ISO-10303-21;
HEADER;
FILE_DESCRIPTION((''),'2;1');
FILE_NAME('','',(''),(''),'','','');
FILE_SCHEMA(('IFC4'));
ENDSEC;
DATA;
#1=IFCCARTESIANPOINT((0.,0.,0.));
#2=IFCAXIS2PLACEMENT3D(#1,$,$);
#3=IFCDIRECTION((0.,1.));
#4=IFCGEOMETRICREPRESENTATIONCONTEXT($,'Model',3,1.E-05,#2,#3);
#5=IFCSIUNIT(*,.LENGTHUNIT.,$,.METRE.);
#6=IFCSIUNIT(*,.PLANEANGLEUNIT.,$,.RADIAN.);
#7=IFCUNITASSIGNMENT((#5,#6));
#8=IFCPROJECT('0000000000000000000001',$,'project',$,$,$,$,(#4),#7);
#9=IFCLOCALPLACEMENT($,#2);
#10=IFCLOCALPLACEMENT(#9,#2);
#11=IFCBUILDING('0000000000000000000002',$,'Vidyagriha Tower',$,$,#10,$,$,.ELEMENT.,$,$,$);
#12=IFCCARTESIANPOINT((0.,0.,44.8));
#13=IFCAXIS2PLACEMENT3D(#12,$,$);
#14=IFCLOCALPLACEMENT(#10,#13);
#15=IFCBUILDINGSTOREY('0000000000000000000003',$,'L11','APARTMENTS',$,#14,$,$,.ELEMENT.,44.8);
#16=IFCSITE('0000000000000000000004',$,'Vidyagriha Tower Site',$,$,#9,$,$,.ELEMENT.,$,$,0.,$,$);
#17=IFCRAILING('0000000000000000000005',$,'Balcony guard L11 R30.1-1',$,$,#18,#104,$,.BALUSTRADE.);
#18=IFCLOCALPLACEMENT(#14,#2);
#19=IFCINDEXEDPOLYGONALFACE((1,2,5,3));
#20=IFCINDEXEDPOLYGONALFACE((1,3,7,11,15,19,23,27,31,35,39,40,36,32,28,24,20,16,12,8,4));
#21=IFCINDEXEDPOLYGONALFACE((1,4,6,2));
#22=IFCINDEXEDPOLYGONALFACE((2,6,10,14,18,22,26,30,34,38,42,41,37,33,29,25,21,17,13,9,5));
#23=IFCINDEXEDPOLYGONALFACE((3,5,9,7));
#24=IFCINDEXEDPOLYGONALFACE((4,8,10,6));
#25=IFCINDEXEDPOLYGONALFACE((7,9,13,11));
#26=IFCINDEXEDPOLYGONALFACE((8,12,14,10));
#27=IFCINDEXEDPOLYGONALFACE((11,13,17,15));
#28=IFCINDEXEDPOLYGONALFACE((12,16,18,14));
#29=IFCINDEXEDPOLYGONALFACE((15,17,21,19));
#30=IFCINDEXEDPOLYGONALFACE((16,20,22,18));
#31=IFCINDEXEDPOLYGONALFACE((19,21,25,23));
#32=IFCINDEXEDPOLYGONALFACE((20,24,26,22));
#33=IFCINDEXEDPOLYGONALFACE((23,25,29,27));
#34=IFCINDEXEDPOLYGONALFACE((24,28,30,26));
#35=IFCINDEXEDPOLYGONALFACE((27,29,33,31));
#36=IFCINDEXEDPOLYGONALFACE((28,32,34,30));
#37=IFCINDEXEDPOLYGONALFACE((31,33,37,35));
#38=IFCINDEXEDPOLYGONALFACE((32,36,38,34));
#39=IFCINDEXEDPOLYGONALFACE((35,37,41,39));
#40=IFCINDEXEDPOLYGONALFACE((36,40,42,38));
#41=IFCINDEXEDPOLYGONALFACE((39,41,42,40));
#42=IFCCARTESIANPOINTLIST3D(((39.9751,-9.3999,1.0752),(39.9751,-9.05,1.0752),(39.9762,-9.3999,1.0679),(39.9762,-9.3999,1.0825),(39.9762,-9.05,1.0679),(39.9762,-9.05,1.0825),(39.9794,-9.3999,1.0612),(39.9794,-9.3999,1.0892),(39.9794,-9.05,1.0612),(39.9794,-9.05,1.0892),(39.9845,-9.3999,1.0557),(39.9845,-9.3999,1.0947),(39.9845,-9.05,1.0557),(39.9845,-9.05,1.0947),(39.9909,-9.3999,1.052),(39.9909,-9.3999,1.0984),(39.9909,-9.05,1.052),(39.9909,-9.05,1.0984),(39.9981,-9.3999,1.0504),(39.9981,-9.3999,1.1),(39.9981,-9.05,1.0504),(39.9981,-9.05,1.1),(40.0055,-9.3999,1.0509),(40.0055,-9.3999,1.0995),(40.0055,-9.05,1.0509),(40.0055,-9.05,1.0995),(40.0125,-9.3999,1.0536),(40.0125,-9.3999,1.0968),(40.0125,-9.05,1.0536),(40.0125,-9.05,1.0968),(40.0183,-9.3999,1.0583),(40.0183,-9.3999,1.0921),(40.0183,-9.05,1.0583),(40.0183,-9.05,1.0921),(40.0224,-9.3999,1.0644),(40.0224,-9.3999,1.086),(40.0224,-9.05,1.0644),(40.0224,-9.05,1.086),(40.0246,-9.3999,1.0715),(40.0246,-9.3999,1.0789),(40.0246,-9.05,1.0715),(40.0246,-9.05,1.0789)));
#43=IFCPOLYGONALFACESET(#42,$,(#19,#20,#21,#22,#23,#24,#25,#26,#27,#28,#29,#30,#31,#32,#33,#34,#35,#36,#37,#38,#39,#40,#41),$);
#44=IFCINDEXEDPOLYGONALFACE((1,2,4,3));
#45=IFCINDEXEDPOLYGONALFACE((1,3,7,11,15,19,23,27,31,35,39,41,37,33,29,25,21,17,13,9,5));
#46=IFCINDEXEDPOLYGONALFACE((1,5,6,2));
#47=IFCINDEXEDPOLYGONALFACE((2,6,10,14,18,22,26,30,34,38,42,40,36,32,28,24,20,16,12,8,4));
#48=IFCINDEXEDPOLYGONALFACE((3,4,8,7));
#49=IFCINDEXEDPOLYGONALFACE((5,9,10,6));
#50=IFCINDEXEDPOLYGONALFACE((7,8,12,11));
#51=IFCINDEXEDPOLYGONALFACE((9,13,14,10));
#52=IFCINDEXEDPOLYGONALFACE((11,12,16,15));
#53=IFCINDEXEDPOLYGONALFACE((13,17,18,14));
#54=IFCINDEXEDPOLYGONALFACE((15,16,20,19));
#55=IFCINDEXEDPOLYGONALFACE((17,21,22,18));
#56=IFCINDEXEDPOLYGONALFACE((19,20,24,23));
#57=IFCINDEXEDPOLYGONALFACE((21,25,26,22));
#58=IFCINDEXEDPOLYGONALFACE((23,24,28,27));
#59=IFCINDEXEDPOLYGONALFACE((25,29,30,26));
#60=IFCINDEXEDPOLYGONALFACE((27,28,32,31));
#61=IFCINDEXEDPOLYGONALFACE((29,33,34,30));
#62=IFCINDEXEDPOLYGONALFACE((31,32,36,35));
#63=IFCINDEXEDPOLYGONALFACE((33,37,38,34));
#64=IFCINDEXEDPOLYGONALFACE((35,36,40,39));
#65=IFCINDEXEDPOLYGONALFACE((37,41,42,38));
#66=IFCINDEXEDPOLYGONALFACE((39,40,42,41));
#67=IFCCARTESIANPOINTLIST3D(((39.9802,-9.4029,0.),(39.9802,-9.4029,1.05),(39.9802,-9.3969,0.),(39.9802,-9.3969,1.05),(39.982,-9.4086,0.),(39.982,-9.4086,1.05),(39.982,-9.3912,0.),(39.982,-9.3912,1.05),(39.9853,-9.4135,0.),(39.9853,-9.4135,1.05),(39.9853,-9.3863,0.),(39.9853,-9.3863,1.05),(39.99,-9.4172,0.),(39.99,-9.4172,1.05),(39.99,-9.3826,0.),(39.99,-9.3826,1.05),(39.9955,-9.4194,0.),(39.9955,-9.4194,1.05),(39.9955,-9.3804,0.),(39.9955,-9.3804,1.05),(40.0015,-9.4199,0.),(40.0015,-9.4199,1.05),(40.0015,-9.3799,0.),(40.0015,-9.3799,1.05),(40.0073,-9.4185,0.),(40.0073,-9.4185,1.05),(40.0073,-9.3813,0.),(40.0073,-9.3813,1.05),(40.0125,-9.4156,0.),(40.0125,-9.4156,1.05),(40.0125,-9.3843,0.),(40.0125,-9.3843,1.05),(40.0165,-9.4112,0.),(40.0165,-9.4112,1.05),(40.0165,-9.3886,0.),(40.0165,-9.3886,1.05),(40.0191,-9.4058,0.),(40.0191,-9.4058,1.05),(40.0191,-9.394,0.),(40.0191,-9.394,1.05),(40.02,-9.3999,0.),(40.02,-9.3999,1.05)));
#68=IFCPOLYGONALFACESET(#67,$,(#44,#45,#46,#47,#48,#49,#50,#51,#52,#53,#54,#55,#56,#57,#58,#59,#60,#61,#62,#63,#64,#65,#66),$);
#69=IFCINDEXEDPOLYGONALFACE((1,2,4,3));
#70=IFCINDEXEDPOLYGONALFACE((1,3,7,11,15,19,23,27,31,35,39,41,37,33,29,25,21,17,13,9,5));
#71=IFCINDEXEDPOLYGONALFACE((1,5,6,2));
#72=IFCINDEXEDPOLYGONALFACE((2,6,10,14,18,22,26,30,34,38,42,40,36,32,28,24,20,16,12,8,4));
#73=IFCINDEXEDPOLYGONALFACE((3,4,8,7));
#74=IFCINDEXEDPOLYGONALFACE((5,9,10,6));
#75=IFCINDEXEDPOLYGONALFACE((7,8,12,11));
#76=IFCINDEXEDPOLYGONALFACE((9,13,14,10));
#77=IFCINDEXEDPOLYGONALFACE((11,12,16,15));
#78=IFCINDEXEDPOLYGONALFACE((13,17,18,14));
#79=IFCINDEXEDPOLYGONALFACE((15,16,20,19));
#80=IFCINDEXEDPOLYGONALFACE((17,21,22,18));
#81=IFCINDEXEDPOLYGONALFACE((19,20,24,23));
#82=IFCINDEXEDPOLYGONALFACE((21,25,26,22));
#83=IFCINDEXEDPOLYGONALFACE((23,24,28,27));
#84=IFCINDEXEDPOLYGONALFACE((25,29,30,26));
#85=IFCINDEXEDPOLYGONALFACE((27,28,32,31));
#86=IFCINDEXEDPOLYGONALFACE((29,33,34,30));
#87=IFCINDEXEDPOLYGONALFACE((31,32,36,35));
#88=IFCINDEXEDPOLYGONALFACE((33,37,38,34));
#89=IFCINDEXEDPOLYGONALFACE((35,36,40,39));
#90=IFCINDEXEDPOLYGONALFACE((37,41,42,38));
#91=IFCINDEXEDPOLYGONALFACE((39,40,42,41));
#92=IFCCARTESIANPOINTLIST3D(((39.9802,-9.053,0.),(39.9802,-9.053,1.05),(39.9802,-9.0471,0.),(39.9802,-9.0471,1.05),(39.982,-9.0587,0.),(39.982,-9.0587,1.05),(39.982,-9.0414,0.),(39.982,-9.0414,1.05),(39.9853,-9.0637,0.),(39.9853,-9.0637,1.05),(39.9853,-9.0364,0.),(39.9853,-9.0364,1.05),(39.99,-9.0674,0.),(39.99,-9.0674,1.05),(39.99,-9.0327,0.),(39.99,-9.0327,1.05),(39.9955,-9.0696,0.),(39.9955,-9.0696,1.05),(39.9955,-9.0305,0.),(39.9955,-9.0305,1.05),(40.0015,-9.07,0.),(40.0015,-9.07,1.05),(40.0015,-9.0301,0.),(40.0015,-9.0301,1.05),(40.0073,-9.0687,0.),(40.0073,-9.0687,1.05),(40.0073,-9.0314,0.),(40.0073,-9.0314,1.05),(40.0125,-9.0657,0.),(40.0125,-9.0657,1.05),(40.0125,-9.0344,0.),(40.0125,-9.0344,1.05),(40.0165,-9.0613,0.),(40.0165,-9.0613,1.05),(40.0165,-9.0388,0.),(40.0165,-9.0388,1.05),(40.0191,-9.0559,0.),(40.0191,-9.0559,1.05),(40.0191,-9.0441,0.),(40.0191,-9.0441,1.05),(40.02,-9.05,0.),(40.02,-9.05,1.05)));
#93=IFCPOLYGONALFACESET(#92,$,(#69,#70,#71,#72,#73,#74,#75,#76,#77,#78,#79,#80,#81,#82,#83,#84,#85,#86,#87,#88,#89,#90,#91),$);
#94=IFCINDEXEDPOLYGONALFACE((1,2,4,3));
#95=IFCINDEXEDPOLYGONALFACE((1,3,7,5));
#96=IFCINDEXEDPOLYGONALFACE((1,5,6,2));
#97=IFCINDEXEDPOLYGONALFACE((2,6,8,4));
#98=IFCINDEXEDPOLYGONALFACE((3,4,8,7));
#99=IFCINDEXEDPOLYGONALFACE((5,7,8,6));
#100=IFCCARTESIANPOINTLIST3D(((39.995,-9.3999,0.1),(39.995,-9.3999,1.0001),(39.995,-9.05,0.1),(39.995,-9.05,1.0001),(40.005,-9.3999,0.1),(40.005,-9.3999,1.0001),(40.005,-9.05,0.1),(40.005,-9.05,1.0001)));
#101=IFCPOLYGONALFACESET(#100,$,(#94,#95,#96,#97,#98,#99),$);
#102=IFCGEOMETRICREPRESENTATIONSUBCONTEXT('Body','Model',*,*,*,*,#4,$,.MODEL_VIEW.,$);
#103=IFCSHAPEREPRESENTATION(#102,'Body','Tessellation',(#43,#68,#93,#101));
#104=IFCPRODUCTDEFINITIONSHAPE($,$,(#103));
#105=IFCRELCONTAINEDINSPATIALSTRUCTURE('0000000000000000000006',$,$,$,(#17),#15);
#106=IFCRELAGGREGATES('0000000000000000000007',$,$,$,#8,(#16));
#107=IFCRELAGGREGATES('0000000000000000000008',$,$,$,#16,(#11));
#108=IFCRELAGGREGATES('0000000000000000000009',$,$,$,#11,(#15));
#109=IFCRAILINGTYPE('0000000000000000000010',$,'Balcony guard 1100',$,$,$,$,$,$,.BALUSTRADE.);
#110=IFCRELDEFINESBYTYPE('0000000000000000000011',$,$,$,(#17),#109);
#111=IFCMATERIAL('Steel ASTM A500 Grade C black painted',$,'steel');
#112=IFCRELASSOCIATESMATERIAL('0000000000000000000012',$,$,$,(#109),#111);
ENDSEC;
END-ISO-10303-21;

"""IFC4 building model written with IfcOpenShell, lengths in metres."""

from ifc_helpers import new_model, si_unit, direction, frame, origin, origin_2d, place, context, subcontext, project, spatial, rectangle, circle, extrude, material, type_object, element, save


model = new_model("IFC4")

# Units and contexts
model_context = context("Model", 3, precision=1e-05, world=origin(), true_north=direction((0.0, 1.0)))
body_context = subcontext(model_context, "Body", "Model", "MODEL_VIEW")
ifc_project = project(units=[si_unit("LENGTHUNIT", "METRE"), si_unit("PLANEANGLEUNIT", "RADIAN")], contexts=[model_context])

# Site, building, storey
site_placement = place(None, origin())
site = spatial("IfcSite", under=ifc_project, at=site_placement, Name="Vidyagriha Tower Site", CompositionType="ELEMENT", RefElevation=0.0)
building_placement = place(site_placement, origin())
building = spatial("IfcBuilding", under=site, at=building_placement, Name="Vidyagriha Tower", CompositionType="ELEMENT")
storey_placement = place(building_placement, frame((0.0, 0.0, 44.8)))
storey = spatial("IfcBuildingStorey", under=building, at=storey_placement, Name="L11", Description="APARTMENTS", CompositionType="ELEMENT", Elevation=44.8)

# Railing
ifc_material_1 = material(Name="Steel ASTM A500 Grade C black painted", Category="steel")
railing_type = type_object("IfcRailingType", Name="Balcony guard 1100", PredefinedType="BALUSTRADE", material=ifc_material_1)
railing_1_placement = place(storey_placement, frame((40.0, -9.3999, 0.0)))
element("IfcRailing", 1, at=railing_1_placement, inside=storey, type_object=railing_type, Name="Balcony guard L11 R30.1-1", PredefinedType="BALUSTRADE", context=body_context, shape_type="SweptSolid", body=[
    extrude(circle(Radius=0.0249, at=origin_2d()), frame((0.0, 0.0, 1.0752), z_axis=(0.0, 1.0, 0.0), x_axis=(-1.0, 0.0, 0.0)), (0.0, 0.0, 1.0), 0.3499),
    extrude(circle(Radius=0.02, at=origin_2d()), origin(), (0.0, 0.0, 1.0), 1.05),
    extrude(circle(Radius=0.02, at=origin_2d()), frame((0.0, 0.3499, 0.0)), (0.0, 0.0, 1.0), 1.05),
    extrude(rectangle(XDim=0.01, YDim=0.9001, at=origin_2d()), frame((0.0, 0.0, 0.55), z_axis=(0.0, 1.0, 0.0), x_axis=(-1.0, 0.0, 0.0)), (0.0, 0.0, 1.0), 0.3499),
])

save(model, "model.ifc")
